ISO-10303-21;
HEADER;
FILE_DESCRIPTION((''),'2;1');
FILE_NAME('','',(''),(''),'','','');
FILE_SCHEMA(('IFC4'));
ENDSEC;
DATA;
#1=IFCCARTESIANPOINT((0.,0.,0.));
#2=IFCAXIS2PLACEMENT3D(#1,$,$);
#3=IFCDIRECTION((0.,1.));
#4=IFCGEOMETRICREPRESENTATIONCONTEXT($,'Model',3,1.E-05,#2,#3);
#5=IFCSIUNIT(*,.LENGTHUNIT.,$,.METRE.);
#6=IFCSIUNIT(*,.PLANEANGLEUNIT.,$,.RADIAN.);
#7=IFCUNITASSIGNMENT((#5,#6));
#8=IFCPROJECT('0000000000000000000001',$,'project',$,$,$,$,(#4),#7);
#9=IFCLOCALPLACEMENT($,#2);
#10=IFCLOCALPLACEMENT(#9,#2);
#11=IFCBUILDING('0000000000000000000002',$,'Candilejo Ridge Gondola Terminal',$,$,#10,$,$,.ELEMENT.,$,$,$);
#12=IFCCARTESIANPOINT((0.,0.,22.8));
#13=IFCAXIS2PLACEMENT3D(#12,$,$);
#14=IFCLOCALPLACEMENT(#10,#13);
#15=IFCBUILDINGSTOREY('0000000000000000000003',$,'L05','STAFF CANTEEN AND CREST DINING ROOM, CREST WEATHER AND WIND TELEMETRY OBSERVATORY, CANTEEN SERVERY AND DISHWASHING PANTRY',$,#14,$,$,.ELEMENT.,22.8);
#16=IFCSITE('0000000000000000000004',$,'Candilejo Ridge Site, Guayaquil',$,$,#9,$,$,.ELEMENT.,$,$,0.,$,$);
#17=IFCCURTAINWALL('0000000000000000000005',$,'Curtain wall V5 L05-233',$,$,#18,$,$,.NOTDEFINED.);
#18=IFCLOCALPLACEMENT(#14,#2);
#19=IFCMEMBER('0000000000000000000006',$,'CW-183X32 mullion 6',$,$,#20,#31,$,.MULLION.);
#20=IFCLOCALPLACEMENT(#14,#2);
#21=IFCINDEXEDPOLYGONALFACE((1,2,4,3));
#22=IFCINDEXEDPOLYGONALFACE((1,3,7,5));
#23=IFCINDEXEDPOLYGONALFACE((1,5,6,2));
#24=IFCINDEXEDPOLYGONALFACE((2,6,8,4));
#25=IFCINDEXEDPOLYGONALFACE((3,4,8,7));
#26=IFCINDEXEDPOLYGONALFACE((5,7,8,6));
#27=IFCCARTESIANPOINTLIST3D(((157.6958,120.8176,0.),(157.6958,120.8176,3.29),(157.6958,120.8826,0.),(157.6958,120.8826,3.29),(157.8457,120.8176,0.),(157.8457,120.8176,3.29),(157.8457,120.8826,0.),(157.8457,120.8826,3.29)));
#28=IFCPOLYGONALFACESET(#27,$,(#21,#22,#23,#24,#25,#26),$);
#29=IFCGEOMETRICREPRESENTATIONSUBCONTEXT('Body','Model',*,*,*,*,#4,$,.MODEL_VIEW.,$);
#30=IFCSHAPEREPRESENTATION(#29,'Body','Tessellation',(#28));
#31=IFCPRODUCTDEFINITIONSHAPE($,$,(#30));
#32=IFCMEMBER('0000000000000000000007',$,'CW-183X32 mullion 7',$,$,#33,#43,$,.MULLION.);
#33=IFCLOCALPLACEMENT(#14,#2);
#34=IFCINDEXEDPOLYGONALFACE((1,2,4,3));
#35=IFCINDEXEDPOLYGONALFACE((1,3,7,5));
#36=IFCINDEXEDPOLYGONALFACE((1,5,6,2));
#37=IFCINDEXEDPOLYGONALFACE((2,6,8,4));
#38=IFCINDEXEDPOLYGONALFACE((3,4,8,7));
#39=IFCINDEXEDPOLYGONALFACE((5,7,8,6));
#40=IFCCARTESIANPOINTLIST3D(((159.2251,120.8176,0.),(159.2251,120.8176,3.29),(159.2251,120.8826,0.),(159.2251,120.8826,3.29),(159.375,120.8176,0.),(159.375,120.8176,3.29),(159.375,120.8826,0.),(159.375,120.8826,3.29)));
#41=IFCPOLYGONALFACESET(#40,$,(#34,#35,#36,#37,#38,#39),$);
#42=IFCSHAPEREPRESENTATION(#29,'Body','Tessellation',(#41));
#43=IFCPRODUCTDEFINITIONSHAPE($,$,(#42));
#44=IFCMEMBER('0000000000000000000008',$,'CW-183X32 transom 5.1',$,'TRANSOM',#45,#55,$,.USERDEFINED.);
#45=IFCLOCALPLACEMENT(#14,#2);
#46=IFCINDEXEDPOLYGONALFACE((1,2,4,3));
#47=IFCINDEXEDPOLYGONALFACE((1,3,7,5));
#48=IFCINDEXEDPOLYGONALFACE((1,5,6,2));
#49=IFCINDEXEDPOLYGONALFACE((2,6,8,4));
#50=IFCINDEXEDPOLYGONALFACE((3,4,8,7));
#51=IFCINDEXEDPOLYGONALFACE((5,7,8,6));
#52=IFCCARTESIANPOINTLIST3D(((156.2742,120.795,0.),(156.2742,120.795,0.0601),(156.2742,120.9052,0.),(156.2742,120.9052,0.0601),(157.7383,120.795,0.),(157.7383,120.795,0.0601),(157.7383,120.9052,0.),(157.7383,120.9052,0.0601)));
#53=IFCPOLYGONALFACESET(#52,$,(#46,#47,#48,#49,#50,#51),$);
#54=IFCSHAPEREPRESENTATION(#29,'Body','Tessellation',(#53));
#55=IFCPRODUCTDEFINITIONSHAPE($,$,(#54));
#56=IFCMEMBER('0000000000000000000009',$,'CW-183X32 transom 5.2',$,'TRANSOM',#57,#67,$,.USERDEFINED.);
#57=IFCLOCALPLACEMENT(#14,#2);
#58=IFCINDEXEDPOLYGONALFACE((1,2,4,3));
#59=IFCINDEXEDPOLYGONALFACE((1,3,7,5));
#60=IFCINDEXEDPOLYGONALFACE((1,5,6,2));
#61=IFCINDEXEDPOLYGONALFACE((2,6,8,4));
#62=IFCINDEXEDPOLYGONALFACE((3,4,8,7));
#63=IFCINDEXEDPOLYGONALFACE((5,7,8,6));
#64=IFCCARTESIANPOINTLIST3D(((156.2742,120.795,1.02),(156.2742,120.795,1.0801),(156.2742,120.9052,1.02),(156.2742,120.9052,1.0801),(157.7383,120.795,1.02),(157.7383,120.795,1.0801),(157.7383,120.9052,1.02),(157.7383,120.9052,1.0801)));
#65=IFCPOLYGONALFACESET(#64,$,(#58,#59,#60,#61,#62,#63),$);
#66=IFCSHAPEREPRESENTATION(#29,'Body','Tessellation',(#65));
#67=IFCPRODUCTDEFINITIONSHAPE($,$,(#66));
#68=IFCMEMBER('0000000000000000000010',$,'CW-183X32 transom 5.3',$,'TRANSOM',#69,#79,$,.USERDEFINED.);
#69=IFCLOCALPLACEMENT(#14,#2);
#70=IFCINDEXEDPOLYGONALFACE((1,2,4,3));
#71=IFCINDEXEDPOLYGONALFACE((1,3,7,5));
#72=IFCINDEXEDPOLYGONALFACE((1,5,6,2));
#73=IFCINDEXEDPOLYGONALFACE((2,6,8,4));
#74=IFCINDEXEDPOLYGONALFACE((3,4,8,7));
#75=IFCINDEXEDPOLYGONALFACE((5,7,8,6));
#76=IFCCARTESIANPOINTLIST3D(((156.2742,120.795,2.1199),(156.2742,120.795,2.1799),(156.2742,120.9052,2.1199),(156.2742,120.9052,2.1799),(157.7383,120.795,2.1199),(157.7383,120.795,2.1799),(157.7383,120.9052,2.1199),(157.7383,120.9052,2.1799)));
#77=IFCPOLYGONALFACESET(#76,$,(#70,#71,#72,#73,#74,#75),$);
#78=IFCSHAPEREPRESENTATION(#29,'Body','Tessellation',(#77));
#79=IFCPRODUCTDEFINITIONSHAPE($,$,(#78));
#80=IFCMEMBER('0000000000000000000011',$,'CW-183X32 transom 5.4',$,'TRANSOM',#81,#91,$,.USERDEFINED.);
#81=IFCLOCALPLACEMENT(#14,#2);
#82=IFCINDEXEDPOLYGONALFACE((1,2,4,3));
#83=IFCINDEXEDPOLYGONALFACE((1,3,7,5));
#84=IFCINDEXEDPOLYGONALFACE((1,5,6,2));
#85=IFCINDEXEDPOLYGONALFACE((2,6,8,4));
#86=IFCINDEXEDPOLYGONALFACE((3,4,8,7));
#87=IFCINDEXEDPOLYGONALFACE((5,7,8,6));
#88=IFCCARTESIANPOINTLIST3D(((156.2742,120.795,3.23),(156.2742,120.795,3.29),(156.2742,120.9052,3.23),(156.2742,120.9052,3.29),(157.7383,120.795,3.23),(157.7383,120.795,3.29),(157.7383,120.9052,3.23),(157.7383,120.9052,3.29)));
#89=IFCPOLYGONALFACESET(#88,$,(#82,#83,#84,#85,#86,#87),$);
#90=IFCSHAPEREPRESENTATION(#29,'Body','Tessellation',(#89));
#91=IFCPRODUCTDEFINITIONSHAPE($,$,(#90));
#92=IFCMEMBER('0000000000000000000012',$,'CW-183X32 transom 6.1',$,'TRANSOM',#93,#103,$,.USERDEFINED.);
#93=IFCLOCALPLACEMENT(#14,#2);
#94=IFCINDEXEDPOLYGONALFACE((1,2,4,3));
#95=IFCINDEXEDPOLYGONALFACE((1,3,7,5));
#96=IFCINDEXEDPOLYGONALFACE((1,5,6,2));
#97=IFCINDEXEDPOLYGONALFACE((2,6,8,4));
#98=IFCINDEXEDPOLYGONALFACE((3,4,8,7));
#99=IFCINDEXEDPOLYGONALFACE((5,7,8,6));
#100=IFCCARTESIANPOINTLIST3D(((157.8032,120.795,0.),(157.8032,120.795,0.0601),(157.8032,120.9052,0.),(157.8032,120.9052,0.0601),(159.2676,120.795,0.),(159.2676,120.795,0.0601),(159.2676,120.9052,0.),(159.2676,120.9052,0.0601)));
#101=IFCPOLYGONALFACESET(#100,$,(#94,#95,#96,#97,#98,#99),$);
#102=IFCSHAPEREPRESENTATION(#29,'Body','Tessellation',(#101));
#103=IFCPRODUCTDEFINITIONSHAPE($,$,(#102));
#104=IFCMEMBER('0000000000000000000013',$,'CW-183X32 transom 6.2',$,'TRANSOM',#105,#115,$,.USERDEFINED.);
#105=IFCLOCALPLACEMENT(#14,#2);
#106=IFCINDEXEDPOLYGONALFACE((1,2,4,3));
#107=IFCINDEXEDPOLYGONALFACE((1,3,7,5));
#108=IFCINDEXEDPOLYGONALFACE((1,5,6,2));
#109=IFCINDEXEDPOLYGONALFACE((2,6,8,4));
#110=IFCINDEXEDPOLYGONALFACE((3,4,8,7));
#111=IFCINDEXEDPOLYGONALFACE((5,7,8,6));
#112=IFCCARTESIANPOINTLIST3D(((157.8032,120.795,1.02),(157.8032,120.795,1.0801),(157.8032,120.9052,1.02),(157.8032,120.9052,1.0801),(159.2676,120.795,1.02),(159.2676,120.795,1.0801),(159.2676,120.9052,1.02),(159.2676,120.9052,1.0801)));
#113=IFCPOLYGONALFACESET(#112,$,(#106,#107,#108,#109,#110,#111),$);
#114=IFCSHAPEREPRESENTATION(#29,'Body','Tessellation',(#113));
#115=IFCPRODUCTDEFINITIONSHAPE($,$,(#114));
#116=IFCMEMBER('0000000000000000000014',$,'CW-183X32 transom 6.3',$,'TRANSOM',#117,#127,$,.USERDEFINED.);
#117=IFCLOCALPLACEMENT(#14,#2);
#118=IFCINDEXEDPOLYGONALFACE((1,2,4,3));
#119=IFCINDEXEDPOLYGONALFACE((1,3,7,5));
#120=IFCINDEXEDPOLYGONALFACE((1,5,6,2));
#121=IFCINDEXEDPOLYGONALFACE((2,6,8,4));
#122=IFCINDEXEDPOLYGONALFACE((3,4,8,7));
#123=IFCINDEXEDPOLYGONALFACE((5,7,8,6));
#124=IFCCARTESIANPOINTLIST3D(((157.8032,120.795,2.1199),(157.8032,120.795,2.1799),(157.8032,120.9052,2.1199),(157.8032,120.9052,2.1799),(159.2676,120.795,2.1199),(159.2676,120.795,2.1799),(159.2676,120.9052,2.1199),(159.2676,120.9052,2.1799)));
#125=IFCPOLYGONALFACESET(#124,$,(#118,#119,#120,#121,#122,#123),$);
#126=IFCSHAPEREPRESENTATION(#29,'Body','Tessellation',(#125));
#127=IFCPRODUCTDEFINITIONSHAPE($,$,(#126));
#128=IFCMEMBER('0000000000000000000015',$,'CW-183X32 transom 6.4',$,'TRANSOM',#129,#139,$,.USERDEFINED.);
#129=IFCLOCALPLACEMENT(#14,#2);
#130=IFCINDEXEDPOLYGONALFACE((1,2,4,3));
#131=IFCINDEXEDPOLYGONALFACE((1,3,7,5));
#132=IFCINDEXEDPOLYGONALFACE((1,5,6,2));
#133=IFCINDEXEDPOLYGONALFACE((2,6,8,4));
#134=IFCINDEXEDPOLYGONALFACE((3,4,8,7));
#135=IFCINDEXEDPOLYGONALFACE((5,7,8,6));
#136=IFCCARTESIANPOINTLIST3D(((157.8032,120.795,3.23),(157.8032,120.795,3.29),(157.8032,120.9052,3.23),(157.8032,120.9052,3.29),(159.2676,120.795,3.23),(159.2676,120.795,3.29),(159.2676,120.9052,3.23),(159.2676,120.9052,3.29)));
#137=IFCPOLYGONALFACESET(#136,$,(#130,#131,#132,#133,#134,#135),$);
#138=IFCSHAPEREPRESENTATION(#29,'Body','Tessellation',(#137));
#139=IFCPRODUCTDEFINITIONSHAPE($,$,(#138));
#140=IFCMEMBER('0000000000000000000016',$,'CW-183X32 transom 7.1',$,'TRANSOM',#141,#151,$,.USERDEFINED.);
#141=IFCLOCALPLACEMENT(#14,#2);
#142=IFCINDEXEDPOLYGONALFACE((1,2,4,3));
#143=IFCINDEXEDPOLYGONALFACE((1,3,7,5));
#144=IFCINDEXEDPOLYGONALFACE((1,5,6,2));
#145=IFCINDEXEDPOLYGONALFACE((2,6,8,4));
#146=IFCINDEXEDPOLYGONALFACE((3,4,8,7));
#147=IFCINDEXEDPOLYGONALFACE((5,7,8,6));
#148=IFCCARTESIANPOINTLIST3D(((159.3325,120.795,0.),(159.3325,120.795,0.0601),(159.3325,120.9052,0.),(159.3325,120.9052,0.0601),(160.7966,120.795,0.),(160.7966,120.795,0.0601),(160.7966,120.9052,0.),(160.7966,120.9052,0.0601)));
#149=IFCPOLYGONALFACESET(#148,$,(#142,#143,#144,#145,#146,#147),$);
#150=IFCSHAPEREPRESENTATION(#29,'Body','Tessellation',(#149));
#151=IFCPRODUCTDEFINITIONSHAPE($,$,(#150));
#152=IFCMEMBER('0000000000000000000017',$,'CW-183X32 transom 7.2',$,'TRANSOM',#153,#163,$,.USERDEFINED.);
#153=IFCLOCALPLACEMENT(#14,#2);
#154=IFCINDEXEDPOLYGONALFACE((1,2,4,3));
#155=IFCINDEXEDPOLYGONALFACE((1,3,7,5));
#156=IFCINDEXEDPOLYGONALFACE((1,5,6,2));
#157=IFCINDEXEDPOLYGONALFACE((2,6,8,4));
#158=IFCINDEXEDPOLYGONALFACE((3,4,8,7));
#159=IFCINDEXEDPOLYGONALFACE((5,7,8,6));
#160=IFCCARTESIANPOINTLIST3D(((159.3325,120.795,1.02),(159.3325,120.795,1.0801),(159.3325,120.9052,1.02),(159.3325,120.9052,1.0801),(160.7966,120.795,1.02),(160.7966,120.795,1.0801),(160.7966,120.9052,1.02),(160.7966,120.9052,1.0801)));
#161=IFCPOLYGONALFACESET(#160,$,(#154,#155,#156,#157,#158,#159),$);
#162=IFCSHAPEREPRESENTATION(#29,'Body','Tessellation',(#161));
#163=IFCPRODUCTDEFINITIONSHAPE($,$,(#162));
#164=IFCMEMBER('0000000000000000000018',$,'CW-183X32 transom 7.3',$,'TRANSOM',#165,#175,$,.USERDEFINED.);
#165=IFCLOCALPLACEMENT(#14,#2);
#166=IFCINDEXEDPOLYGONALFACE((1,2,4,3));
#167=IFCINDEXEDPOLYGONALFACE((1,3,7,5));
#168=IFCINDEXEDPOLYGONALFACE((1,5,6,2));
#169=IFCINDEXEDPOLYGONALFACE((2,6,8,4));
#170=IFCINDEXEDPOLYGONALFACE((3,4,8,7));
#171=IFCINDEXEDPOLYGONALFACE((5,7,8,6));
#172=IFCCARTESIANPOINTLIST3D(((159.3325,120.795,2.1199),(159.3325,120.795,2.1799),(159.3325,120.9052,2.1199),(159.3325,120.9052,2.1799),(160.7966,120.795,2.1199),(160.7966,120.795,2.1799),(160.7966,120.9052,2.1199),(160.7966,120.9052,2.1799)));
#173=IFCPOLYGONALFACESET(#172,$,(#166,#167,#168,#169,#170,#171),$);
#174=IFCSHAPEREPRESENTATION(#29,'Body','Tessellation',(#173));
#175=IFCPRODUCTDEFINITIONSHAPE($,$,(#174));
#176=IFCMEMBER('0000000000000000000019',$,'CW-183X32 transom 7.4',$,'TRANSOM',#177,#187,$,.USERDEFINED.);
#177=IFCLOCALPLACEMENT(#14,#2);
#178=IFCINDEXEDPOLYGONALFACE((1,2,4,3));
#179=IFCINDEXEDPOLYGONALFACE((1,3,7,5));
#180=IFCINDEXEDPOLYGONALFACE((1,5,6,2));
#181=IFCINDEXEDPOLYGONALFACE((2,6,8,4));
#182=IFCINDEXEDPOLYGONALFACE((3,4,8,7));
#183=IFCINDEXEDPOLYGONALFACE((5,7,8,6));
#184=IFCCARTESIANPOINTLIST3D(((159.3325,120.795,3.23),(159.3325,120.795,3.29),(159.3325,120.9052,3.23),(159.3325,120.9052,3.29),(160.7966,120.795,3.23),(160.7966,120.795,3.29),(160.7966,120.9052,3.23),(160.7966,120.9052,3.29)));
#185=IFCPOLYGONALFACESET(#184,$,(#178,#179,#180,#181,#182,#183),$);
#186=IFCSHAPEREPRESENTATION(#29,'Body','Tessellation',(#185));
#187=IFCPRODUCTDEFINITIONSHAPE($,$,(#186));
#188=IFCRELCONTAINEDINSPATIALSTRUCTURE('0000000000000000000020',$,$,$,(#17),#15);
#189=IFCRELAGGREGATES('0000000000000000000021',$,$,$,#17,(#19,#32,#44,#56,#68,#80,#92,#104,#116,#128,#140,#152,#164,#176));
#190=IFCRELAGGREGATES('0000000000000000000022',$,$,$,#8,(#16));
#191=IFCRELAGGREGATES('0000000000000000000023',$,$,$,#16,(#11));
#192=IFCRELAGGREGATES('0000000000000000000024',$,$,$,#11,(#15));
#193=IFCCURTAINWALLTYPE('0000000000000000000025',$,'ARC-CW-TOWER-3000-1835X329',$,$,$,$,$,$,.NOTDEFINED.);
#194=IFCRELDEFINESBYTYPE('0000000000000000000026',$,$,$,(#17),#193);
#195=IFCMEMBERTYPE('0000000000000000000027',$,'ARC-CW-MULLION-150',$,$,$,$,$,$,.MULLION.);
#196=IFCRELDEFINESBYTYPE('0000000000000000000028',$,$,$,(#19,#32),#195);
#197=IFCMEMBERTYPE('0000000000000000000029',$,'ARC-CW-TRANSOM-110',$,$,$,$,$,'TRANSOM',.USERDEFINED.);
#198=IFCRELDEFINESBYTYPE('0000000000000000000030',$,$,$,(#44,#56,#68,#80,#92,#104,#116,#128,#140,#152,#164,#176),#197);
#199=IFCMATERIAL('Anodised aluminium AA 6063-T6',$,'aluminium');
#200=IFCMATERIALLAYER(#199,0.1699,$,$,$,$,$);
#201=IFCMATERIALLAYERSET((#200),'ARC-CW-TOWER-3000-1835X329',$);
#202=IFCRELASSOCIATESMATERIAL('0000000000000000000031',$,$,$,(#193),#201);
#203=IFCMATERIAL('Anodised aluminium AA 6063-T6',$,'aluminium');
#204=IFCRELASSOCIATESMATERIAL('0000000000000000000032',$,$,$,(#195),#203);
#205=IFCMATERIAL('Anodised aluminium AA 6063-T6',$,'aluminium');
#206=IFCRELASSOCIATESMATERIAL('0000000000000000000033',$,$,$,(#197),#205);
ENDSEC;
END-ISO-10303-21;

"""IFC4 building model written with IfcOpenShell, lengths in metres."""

from ifc_helpers import new_model, si_unit, direction, frame, origin, origin_2d, place, context, subcontext, project, spatial, rectangle, extrude, material, layer, layer_set, material_profile, profile_set, type_object, element, aggregate, save


model = new_model("IFC4")

# Units and contexts
model_context = context("Model", 3, precision=1e-05, world=origin(), true_north=direction((0.0, 1.0)))
body_context = subcontext(model_context, "Body", "Model", "MODEL_VIEW")
ifc_project = project(units=[si_unit("LENGTHUNIT", "METRE"), si_unit("PLANEANGLEUNIT", "RADIAN")], contexts=[model_context])

# Site, building, storey
site_placement = place(None, origin())
site = spatial("IfcSite", under=ifc_project, at=site_placement, Name="Candilejo Ridge Site, Guayaquil", CompositionType="ELEMENT", RefElevation=0.0)
building_placement = place(site_placement, origin())
building = spatial("IfcBuilding", under=site, at=building_placement, Name="Candilejo Ridge Gondola Terminal", CompositionType="ELEMENT")
storey_placement = place(building_placement, frame((0.0, 0.0, 22.8)))
storey = spatial("IfcBuildingStorey", under=building, at=storey_placement, Name="L05", Description="STAFF CANTEEN AND CREST DINING ROOM, CREST WEATHER AND WIND TELEMETRY OBSERVATORY, CANTEEN SERVERY AND DISHWASHING PANTRY", CompositionType="ELEMENT", Elevation=22.8)

# Curtain wall, members
ifc_material_1 = material(Name="Anodised aluminium AA 6063-T6", Category="aluminium")
ifc_layer_1 = layer(ifc_material_1, 0.1699)
ifc_layer_set_1 = layer_set([ifc_layer_1], Name="ARC-CW-TOWER-3000-1835X329")
curtain_wall_type = type_object("IfcCurtainWallType", Name="ARC-CW-TOWER-3000-1835X329", PredefinedType="NOTDEFINED", material=ifc_layer_set_1)
curtain_wall_placement = place(storey_placement, origin())
curtain_wall = element("IfcCurtainWall", 1, at=curtain_wall_placement, inside=storey, type_object=curtain_wall_type, Name="Curtain wall V5 L05-233", PredefinedType="NOTDEFINED")
ifc_material_2 = material(Name="Anodised aluminium AA 6063-T6", Category="aluminium")
ifc_material_profile_1 = material_profile(ifc_material_2, rectangle(XDim=0.0649, YDim=0.1499, at=origin_2d()))
ifc_profile_set_1 = profile_set([ifc_material_profile_1], Name="Anodised aluminium AA 6063-T6")
member_type_1 = type_object("IfcMemberType", Name="ARC-CW-MULLION-150", PredefinedType="MULLION", material=ifc_profile_set_1)
member_1_placement = place(storey_placement, frame((157.7708, 120.8501, 0.0), z_axis=(0.0, 0.0, 1.0), x_axis=(0.0, 1.0, 0.0)))
member_1 = element("IfcMember", 2, at=member_1_placement, type_object=member_type_1, Name="CW-183X32 mullion 6", PredefinedType="MULLION", context=body_context, shape_type="SweptSolid", body=[
    extrude(rectangle(XDim=0.0649, YDim=0.1499, at=origin_2d()), origin(), (0.0, 0.0, 1.0), 3.29),
])
member_2_placement = place(storey_placement, frame((159.3, 120.8501, 0.0), z_axis=(0.0, 0.0, 1.0), x_axis=(0.0, 1.0, 0.0)))
member_2 = element("IfcMember", 3, at=member_2_placement, type_object=member_type_1, Name="CW-183X32 mullion 7", PredefinedType="MULLION", context=body_context, shape_type="SweptSolid", body=[
    extrude(rectangle(XDim=0.0649, YDim=0.1499, at=origin_2d()), origin(), (0.0, 0.0, 1.0), 3.29),
])
ifc_material_3 = material(Name="Anodised aluminium AA 6063-T6", Category="aluminium")
ifc_material_profile_2 = material_profile(ifc_material_3, rectangle(XDim=0.1101, YDim=0.0601, at=origin_2d()))
ifc_profile_set_2 = profile_set([ifc_material_profile_2], Name="Anodised aluminium AA 6063-T6")
member_type_2 = type_object("IfcMemberType", Name="ARC-CW-TRANSOM-110", ElementType="TRANSOM", PredefinedType="USERDEFINED", material=ifc_profile_set_2)
member_3_placement = place(storey_placement, frame((156.2742, 120.8501, 0.03), z_axis=(1.0, 0.0, 0.0), x_axis=(0.0, 1.0, 0.0)))
member_3 = element("IfcMember", 4, at=member_3_placement, type_object=member_type_2, Name="CW-183X32 transom 5.1", ObjectType="TRANSOM", PredefinedType="USERDEFINED", context=body_context, shape_type="SweptSolid", body=[
    extrude(rectangle(XDim=0.1101, YDim=0.0601, at=origin_2d()), origin(), (0.0, 0.0, 1.0), 1.4641),
])
member_4_placement = place(storey_placement, frame((156.2742, 120.8501, 1.05), z_axis=(1.0, 0.0, 0.0), x_axis=(0.0, 1.0, 0.0)))
member_4 = element("IfcMember", 5, at=member_4_placement, type_object=member_type_2, Name="CW-183X32 transom 5.2", ObjectType="TRANSOM", PredefinedType="USERDEFINED", context=body_context, shape_type="SweptSolid", body=[
    extrude(rectangle(XDim=0.1101, YDim=0.0601, at=origin_2d()), origin(), (0.0, 0.0, 1.0), 1.4641),
])
member_5_placement = place(storey_placement, frame((156.2742, 120.8501, 2.1499), z_axis=(1.0, 0.0, 0.0), x_axis=(0.0, 1.0, 0.0)))
member_5 = element("IfcMember", 6, at=member_5_placement, type_object=member_type_2, Name="CW-183X32 transom 5.3", ObjectType="TRANSOM", PredefinedType="USERDEFINED", context=body_context, shape_type="SweptSolid", body=[
    extrude(rectangle(XDim=0.1101, YDim=0.0601, at=origin_2d()), origin(), (0.0, 0.0, 1.0), 1.4641),
])
member_6_placement = place(storey_placement, frame((156.2742, 120.8501, 3.26), z_axis=(1.0, 0.0, 0.0), x_axis=(0.0, 1.0, 0.0)))
member_6 = element("IfcMember", 7, at=member_6_placement, type_object=member_type_2, Name="CW-183X32 transom 5.4", ObjectType="TRANSOM", PredefinedType="USERDEFINED", context=body_context, shape_type="SweptSolid", body=[
    extrude(rectangle(XDim=0.1101, YDim=0.0601, at=origin_2d()), origin(), (0.0, 0.0, 1.0), 1.4641),
])
member_7_placement = place(storey_placement, frame((157.8032, 120.8501, 0.03), z_axis=(1.0, 0.0, 0.0), x_axis=(0.0, 1.0, 0.0)))
member_7 = element("IfcMember", 8, at=member_7_placement, type_object=member_type_2, Name="CW-183X32 transom 6.1", ObjectType="TRANSOM", PredefinedType="USERDEFINED", context=body_context, shape_type="SweptSolid", body=[
    extrude(rectangle(XDim=0.1101, YDim=0.0601, at=origin_2d()), origin(), (0.0, 0.0, 1.0), 1.4644),
])
member_8_placement = place(storey_placement, frame((157.8032, 120.8501, 1.05), z_axis=(1.0, 0.0, 0.0), x_axis=(0.0, 1.0, 0.0)))
member_8 = element("IfcMember", 9, at=member_8_placement, type_object=member_type_2, Name="CW-183X32 transom 6.2", ObjectType="TRANSOM", PredefinedType="USERDEFINED", context=body_context, shape_type="SweptSolid", body=[
    extrude(rectangle(XDim=0.1101, YDim=0.0601, at=origin_2d()), origin(), (0.0, 0.0, 1.0), 1.4644),
])
member_9_placement = place(storey_placement, frame((157.8032, 120.8501, 2.1499), z_axis=(1.0, 0.0, 0.0), x_axis=(0.0, 1.0, 0.0)))
member_9 = element("IfcMember", 10, at=member_9_placement, type_object=member_type_2, Name="CW-183X32 transom 6.3", ObjectType="TRANSOM", PredefinedType="USERDEFINED", context=body_context, shape_type="SweptSolid", body=[
    extrude(rectangle(XDim=0.1101, YDim=0.0601, at=origin_2d()), origin(), (0.0, 0.0, 1.0), 1.4644),
])
member_10_placement = place(storey_placement, frame((157.8032, 120.8501, 3.26), z_axis=(1.0, 0.0, 0.0), x_axis=(0.0, 1.0, 0.0)))
member_10 = element("IfcMember", 11, at=member_10_placement, type_object=member_type_2, Name="CW-183X32 transom 6.4", ObjectType="TRANSOM", PredefinedType="USERDEFINED", context=body_context, shape_type="SweptSolid", body=[
    extrude(rectangle(XDim=0.1101, YDim=0.0601, at=origin_2d()), origin(), (0.0, 0.0, 1.0), 1.4644),
])
member_11_placement = place(storey_placement, frame((159.3325, 120.8501, 0.03), z_axis=(1.0, 0.0, 0.0), x_axis=(0.0, 1.0, 0.0)))
member_11 = element("IfcMember", 12, at=member_11_placement, type_object=member_type_2, Name="CW-183X32 transom 7.1", ObjectType="TRANSOM", PredefinedType="USERDEFINED", context=body_context, shape_type="SweptSolid", body=[
    extrude(rectangle(XDim=0.1101, YDim=0.0601, at=origin_2d()), origin(), (0.0, 0.0, 1.0), 1.4641),
])
member_12_placement = place(storey_placement, frame((159.3325, 120.8501, 1.05), z_axis=(1.0, 0.0, 0.0), x_axis=(0.0, 1.0, 0.0)))
member_12 = element("IfcMember", 13, at=member_12_placement, type_object=member_type_2, Name="CW-183X32 transom 7.2", ObjectType="TRANSOM", PredefinedType="USERDEFINED", context=body_context, shape_type="SweptSolid", body=[
    extrude(rectangle(XDim=0.1101, YDim=0.0601, at=origin_2d()), origin(), (0.0, 0.0, 1.0), 1.4641),
])
member_13_placement = place(storey_placement, frame((159.3325, 120.8501, 2.1499), z_axis=(1.0, 0.0, 0.0), x_axis=(0.0, 1.0, 0.0)))
member_13 = element("IfcMember", 14, at=member_13_placement, type_object=member_type_2, Name="CW-183X32 transom 7.3", ObjectType="TRANSOM", PredefinedType="USERDEFINED", context=body_context, shape_type="SweptSolid", body=[
    extrude(rectangle(XDim=0.1101, YDim=0.0601, at=origin_2d()), origin(), (0.0, 0.0, 1.0), 1.4641),
])
member_14_placement = place(storey_placement, frame((159.3325, 120.8501, 3.26), z_axis=(1.0, 0.0, 0.0), x_axis=(0.0, 1.0, 0.0)))
member_14 = element("IfcMember", 15, at=member_14_placement, type_object=member_type_2, Name="CW-183X32 transom 7.4", ObjectType="TRANSOM", PredefinedType="USERDEFINED", context=body_context, shape_type="SweptSolid", body=[
    extrude(rectangle(XDim=0.1101, YDim=0.0601, at=origin_2d()), origin(), (0.0, 0.0, 1.0), 1.4641),
])
aggregate(curtain_wall, [member_1, member_2, member_3, member_4, member_5, member_6, member_7, member_8, member_9, member_10, member_11, member_12, member_13, member_14])

save(model, "model.ifc")
